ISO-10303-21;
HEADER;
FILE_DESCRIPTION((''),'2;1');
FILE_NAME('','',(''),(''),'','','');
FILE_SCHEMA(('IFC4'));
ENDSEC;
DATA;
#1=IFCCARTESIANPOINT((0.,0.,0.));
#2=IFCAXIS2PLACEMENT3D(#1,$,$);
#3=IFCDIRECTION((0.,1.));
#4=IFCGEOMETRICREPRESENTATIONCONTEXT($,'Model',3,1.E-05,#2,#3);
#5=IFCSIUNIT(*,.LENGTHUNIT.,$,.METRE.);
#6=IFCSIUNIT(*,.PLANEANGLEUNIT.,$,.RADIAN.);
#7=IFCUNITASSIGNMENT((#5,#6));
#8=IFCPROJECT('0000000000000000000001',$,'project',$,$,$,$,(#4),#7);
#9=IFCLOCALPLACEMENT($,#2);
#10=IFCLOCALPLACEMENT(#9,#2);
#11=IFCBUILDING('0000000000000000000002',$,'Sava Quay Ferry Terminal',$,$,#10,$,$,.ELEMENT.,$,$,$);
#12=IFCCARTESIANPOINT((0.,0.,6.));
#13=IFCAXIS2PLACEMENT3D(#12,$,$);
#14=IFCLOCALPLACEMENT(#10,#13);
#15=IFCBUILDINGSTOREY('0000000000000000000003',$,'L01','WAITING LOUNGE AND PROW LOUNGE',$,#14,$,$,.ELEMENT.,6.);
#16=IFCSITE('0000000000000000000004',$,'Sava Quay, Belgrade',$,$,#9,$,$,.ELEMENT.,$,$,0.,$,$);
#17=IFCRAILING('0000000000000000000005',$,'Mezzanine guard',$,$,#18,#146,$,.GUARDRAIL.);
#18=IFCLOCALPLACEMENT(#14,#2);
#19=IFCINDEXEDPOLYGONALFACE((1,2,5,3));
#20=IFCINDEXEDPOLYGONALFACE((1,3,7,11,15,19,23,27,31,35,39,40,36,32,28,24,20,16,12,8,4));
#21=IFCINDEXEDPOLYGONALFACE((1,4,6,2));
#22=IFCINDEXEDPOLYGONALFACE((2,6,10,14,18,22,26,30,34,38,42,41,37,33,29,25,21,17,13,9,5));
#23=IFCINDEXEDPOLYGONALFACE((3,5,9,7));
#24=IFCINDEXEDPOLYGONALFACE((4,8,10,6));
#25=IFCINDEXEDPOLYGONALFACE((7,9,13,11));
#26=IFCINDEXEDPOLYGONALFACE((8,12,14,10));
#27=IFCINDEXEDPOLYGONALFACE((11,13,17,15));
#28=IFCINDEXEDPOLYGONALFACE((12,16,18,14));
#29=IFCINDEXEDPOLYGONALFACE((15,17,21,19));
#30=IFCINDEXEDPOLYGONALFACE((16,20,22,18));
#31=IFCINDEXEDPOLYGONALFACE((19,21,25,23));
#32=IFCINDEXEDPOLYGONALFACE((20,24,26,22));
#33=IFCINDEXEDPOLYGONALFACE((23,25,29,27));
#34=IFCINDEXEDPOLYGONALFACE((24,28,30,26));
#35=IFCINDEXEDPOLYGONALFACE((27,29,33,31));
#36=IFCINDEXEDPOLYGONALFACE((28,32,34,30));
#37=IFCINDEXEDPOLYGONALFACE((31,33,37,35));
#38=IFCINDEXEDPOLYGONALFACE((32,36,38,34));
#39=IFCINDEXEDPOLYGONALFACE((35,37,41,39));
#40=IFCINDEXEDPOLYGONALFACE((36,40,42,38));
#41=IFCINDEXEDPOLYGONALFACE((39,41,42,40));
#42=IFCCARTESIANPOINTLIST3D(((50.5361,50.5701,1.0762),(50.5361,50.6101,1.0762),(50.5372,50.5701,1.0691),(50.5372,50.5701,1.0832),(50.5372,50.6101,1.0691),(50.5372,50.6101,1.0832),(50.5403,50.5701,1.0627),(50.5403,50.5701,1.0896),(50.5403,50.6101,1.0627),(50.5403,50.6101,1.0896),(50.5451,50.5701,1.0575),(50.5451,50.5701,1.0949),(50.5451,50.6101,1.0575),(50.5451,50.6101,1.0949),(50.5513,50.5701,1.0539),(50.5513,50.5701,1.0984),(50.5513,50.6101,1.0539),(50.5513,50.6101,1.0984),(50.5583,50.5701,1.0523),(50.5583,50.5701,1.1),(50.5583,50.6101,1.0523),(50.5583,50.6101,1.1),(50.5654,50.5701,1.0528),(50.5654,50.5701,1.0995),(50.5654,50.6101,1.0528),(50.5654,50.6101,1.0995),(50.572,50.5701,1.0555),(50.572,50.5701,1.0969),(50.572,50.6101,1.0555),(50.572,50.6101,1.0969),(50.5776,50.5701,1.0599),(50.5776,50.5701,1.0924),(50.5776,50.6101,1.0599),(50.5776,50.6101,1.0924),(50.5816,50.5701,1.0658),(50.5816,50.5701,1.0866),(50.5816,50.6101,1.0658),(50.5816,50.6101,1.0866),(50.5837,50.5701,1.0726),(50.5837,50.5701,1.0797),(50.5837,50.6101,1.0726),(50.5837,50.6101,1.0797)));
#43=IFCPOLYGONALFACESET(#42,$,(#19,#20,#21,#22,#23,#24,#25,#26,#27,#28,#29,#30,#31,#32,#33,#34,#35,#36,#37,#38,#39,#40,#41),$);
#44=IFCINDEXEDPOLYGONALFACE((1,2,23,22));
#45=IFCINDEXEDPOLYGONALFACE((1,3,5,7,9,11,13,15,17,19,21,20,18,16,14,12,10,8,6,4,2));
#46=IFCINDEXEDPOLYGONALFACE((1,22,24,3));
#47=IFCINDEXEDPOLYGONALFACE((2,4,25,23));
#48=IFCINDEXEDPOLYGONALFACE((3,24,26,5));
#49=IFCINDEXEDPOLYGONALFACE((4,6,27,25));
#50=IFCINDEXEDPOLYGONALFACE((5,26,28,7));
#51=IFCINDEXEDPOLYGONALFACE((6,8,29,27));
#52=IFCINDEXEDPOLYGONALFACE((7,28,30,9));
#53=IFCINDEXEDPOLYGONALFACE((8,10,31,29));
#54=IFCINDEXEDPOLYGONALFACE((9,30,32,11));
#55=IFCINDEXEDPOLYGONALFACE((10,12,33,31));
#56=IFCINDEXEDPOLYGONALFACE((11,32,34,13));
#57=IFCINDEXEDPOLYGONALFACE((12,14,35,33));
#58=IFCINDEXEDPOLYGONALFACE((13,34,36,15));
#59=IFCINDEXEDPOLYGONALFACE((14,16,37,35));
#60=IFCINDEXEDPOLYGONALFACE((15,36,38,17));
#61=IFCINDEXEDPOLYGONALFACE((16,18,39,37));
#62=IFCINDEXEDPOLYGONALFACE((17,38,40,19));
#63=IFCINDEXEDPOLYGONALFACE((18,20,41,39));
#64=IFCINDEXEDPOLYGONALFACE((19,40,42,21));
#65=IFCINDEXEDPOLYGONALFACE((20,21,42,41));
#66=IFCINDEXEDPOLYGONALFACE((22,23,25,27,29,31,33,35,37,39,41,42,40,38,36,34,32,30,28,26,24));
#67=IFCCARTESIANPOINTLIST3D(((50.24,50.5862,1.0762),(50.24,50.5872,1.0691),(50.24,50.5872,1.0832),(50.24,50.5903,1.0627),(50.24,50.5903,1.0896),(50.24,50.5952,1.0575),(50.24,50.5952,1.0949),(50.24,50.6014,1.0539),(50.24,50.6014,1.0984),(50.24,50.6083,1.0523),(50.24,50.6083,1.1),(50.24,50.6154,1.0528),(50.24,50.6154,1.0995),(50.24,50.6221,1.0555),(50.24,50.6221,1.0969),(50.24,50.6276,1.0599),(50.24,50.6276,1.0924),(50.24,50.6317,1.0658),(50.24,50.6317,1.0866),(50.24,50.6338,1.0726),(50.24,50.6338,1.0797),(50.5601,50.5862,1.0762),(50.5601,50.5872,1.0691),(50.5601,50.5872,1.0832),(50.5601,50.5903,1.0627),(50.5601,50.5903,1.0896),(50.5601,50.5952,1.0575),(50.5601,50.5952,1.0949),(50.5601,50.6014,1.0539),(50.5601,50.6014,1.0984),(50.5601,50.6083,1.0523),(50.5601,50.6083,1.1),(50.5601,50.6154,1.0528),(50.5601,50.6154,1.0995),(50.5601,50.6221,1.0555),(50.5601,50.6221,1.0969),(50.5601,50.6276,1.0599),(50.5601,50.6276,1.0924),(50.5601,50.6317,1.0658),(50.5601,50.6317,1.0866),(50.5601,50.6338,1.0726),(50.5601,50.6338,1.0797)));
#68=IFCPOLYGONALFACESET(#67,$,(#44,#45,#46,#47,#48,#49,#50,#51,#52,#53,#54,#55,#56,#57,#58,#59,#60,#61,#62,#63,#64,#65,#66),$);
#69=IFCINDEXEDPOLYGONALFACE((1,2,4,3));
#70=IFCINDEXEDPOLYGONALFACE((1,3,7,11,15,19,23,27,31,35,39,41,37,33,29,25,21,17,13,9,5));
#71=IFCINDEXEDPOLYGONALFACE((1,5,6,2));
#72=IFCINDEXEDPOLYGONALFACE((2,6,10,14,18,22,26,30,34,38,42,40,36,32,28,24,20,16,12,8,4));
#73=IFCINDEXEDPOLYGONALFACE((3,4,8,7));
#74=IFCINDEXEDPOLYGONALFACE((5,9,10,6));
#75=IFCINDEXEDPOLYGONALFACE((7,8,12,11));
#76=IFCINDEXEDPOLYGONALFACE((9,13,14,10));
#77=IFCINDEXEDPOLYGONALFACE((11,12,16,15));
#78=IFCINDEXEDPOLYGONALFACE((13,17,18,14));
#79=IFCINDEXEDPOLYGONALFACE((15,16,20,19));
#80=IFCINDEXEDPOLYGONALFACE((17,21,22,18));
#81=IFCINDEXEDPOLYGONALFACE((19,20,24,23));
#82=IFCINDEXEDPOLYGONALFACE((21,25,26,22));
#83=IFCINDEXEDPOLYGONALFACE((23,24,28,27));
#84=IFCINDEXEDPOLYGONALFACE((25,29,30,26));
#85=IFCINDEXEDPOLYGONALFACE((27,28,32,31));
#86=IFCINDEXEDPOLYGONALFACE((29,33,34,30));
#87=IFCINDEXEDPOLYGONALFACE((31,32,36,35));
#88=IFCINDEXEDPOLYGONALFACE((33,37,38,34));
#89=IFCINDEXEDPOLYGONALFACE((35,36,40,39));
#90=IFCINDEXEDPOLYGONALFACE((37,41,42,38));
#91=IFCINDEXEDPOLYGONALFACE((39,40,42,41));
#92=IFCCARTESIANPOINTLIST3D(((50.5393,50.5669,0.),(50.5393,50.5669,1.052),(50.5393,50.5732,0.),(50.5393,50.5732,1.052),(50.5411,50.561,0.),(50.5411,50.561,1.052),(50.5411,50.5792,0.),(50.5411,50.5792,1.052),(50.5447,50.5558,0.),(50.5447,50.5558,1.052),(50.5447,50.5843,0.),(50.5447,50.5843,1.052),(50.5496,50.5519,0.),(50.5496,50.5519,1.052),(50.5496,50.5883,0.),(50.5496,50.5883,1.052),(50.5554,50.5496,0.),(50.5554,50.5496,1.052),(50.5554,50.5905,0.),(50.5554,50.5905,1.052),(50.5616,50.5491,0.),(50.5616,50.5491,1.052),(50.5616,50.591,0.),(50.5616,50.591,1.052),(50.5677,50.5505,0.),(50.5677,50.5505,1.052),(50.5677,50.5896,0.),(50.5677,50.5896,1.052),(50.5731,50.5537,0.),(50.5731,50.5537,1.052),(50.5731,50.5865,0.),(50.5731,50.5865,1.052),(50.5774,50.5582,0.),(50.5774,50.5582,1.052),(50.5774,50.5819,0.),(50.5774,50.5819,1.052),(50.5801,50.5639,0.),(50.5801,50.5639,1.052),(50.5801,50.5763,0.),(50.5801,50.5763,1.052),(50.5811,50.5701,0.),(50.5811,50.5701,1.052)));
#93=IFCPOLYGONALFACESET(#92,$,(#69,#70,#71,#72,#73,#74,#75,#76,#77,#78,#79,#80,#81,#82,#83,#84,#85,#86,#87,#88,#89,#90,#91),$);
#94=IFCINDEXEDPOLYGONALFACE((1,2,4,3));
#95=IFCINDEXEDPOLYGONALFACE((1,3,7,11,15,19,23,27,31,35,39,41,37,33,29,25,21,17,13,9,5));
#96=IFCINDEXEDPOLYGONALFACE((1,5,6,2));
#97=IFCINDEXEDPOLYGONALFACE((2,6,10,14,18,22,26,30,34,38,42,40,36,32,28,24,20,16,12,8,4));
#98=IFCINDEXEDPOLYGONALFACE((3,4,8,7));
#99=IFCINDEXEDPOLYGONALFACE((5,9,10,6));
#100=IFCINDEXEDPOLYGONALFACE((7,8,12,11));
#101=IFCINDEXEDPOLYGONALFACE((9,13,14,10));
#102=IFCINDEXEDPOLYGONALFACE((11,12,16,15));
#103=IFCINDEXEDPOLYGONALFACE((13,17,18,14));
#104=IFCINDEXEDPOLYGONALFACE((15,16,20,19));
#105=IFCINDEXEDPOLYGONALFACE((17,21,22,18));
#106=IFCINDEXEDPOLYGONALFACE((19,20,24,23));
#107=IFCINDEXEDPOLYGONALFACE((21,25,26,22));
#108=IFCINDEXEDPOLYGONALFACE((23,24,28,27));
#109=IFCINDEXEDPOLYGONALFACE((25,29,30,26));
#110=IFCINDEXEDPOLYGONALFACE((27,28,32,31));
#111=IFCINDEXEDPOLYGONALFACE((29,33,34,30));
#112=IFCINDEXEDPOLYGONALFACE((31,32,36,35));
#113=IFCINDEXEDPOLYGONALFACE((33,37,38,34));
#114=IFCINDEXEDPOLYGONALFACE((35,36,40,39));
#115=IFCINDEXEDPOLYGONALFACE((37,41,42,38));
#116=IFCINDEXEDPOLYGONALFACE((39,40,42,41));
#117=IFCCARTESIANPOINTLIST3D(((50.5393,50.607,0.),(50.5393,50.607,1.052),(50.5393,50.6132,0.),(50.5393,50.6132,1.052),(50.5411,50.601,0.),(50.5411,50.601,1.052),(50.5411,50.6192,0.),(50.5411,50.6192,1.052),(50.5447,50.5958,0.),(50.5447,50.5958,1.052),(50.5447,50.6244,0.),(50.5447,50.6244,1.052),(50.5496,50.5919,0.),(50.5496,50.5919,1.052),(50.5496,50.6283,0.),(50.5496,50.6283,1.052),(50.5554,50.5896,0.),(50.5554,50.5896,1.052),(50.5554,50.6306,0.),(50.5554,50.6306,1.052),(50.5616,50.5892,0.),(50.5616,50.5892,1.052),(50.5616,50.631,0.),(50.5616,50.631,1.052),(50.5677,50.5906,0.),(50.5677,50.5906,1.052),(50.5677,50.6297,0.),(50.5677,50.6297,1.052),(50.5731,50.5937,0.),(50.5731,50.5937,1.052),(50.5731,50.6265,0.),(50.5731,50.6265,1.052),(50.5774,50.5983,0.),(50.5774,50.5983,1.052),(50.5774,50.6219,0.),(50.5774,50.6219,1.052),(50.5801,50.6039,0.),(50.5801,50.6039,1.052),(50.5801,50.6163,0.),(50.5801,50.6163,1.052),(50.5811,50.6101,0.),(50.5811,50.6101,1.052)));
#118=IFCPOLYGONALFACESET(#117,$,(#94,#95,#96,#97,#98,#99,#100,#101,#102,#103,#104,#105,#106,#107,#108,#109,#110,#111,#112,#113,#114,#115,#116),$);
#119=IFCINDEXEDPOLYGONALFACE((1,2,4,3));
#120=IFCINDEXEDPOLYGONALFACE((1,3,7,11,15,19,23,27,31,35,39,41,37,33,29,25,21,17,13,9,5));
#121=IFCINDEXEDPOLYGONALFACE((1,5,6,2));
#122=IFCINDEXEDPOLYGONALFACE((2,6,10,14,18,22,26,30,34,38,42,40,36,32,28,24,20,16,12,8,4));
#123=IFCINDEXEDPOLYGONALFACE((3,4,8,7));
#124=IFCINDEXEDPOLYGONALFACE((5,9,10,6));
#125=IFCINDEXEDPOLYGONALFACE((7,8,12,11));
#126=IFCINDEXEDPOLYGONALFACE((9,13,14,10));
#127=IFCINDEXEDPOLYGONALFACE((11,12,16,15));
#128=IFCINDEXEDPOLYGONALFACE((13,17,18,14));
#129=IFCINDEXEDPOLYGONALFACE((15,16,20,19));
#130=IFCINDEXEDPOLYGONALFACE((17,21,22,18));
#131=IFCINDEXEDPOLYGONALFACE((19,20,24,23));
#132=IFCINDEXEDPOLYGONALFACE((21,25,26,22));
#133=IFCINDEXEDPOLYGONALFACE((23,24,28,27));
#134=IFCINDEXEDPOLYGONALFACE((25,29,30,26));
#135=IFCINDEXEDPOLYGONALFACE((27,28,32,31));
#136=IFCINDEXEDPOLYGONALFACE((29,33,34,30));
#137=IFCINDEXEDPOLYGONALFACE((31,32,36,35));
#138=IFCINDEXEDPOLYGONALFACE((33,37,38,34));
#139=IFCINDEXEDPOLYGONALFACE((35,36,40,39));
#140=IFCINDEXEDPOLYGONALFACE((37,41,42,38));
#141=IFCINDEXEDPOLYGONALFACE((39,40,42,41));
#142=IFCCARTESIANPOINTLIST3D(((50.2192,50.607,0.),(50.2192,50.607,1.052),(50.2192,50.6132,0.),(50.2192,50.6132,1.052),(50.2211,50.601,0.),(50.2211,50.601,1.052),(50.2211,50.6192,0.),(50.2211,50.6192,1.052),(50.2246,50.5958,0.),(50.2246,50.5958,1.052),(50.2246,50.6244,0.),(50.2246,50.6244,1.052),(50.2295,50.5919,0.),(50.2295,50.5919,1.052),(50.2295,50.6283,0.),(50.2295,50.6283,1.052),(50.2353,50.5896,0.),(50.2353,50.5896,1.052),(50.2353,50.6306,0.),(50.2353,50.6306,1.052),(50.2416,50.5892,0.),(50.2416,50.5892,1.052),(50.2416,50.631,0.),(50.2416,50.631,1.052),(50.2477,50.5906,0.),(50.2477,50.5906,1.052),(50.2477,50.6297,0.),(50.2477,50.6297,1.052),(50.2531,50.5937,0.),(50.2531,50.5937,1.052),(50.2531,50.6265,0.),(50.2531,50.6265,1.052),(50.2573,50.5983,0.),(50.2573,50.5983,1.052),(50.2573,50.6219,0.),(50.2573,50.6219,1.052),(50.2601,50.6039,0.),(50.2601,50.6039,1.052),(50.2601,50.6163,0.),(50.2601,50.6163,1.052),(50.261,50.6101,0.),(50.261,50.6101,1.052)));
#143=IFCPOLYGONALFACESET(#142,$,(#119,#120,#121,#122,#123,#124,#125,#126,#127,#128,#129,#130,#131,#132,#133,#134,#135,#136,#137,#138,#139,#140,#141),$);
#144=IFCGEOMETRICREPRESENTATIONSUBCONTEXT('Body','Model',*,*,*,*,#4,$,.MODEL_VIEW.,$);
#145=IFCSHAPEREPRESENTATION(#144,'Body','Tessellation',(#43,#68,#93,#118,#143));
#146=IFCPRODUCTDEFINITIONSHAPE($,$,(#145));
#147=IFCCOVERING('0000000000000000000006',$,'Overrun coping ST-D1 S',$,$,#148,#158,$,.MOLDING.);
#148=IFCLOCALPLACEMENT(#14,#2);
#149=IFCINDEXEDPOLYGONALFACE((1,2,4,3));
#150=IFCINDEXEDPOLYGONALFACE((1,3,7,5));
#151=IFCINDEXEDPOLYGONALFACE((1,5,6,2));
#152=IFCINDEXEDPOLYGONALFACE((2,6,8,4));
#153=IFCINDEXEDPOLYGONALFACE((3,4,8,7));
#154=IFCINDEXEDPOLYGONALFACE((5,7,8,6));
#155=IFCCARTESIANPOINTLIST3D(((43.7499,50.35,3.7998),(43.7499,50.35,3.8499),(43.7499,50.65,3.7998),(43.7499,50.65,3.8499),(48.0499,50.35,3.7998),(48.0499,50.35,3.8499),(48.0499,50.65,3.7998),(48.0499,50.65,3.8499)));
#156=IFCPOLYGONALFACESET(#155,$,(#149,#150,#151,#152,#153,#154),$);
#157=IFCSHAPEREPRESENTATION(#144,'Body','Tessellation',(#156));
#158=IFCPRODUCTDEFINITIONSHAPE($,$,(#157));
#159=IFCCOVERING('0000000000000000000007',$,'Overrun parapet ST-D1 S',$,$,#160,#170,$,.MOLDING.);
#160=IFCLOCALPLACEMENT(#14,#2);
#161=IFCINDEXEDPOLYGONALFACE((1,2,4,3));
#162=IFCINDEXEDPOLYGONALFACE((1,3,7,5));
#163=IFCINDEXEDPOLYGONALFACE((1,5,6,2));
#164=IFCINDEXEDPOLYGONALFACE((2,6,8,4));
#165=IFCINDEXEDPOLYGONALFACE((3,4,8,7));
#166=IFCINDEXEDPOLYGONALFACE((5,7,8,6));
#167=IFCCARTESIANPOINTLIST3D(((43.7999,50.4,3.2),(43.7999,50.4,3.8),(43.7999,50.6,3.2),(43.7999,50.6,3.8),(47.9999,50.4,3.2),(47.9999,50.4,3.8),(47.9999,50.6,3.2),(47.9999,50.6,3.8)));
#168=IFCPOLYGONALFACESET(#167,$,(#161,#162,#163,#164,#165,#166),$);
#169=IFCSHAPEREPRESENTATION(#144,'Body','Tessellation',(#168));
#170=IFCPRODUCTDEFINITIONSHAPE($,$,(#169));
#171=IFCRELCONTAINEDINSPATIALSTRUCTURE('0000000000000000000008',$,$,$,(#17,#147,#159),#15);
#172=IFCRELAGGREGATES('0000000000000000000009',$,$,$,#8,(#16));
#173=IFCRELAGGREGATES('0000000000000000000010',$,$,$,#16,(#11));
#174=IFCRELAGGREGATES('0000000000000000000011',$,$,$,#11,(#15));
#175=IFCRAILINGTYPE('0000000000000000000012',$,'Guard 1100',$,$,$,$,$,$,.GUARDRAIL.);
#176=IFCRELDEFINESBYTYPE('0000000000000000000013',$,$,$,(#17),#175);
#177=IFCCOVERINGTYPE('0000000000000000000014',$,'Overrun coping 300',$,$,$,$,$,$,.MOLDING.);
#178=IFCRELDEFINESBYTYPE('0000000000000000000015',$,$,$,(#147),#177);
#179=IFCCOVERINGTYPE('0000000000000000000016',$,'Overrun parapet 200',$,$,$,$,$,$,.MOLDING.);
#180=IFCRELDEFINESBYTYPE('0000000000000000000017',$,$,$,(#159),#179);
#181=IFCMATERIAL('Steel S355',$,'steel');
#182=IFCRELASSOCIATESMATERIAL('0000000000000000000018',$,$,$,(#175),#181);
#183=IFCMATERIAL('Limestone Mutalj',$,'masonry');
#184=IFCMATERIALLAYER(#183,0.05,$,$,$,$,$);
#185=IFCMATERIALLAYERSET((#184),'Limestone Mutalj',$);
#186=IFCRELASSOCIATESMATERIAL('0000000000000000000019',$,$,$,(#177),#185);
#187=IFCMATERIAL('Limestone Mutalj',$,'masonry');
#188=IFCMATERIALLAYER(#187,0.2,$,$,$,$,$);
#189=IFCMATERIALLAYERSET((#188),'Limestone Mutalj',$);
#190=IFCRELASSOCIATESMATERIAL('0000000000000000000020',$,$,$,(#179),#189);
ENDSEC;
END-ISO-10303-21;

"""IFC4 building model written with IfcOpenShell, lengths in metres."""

from ifc_helpers import new_model, si_unit, direction, frame, origin, origin_2d, place, context, subcontext, project, spatial, rectangle, circle, extrude, material, layer, layer_set, type_object, element, save


model = new_model("IFC4")

# Units and contexts
model_context = context("Model", 3, precision=1e-05, world=origin(), true_north=direction((0.0, 1.0)))
body_context = subcontext(model_context, "Body", "Model", "MODEL_VIEW")
ifc_project = project(units=[si_unit("LENGTHUNIT", "METRE"), si_unit("PLANEANGLEUNIT", "RADIAN")], contexts=[model_context])

# Site, building, storey
site_placement = place(None, origin())
site = spatial("IfcSite", under=ifc_project, at=site_placement, Name="Sava Quay, Belgrade", CompositionType="ELEMENT", RefElevation=0.0)
building_placement = place(site_placement, origin())
building = spatial("IfcBuilding", under=site, at=building_placement, Name="Sava Quay Ferry Terminal", CompositionType="ELEMENT")
storey_placement = place(building_placement, frame((0.0, 0.0, 6.0)))
storey = spatial("IfcBuildingStorey", under=building, at=storey_placement, Name="L01", Description="WAITING LOUNGE AND PROW LOUNGE", CompositionType="ELEMENT", Elevation=6.0)

# Railing
ifc_material_1 = material(Name="Steel S355", Category="steel")
railing_type = type_object("IfcRailingType", Name="Guard 1100", PredefinedType="GUARDRAIL", material=ifc_material_1)
railing_placement = place(storey_placement, frame((50.5601, 50.5701, 0.0)))
element("IfcRailing", 1, at=railing_placement, inside=storey, type_object=railing_type, Name="Mezzanine guard", PredefinedType="GUARDRAIL", context=body_context, shape_type="SweptSolid", body=[
    extrude(circle(Radius=0.0239, at=origin_2d()), frame((0.0, 0.0, 1.0762), z_axis=(0.0, 1.0, 0.0), x_axis=(-1.0, 0.0, 0.0)), (0.0, 0.0, 1.0), 0.04),
    extrude(circle(Radius=0.0239, at=origin_2d()), frame((0.0, 0.04, 1.0762), z_axis=(-1.0, 0.0, 0.0), x_axis=(0.0, -1.0, 0.0)), (0.0, 0.0, 1.0), 0.3201),
    extrude(circle(Radius=0.021, at=origin_2d()), origin(), (0.0, 0.0, 1.0), 1.052),
    extrude(circle(Radius=0.021, at=origin_2d()), frame((0.0, 0.04, 0.0)), (0.0, 0.0, 1.0), 1.052),
    extrude(circle(Radius=0.021, at=origin_2d()), frame((-0.3201, 0.04, 0.0)), (0.0, 0.0, 1.0), 1.052),
])

# Coverings
ifc_material_2 = material(Name="Limestone Mutalj", Category="masonry")
ifc_layer_1 = layer(ifc_material_2, 0.05)
ifc_layer_set_1 = layer_set([ifc_layer_1], Name="Limestone Mutalj")
covering_type_1 = type_object("IfcCoveringType", Name="Overrun coping 300", PredefinedType="MOLDING", material=ifc_layer_set_1)
covering_1_placement = place(storey_placement, frame((45.8999, 50.5, 3.7998), z_axis=(0.0, 0.0, 1.0), x_axis=(1.0, 0.0, 0.0)))
element("IfcCovering", 2, at=covering_1_placement, inside=storey, type_object=covering_type_1, Name="Overrun coping ST-D1 S", PredefinedType="MOLDING", context=body_context, shape_type="SweptSolid", body=[
    extrude(rectangle(XDim=4.3, YDim=0.3, at=origin_2d()), origin(), (0.0, 0.0, 1.0), 0.05),
])
ifc_material_3 = material(Name="Limestone Mutalj", Category="masonry")
ifc_layer_2 = layer(ifc_material_3, 0.2)
ifc_layer_set_2 = layer_set([ifc_layer_2], Name="Limestone Mutalj")
covering_type_2 = type_object("IfcCoveringType", Name="Overrun parapet 200", PredefinedType="MOLDING", material=ifc_layer_set_2)
covering_2_placement = place(storey_placement, frame((45.8999, 50.5, 3.2), z_axis=(0.0, 0.0, 1.0), x_axis=(1.0, 0.0, 0.0)))
element("IfcCovering", 3, at=covering_2_placement, inside=storey, type_object=covering_type_2, Name="Overrun parapet ST-D1 S", PredefinedType="MOLDING", context=body_context, shape_type="SweptSolid", body=[
    extrude(rectangle(XDim=4.2, YDim=0.2, at=origin_2d()), origin(), (0.0, 0.0, 1.0), 0.6001),
])

save(model, "model.ifc")
